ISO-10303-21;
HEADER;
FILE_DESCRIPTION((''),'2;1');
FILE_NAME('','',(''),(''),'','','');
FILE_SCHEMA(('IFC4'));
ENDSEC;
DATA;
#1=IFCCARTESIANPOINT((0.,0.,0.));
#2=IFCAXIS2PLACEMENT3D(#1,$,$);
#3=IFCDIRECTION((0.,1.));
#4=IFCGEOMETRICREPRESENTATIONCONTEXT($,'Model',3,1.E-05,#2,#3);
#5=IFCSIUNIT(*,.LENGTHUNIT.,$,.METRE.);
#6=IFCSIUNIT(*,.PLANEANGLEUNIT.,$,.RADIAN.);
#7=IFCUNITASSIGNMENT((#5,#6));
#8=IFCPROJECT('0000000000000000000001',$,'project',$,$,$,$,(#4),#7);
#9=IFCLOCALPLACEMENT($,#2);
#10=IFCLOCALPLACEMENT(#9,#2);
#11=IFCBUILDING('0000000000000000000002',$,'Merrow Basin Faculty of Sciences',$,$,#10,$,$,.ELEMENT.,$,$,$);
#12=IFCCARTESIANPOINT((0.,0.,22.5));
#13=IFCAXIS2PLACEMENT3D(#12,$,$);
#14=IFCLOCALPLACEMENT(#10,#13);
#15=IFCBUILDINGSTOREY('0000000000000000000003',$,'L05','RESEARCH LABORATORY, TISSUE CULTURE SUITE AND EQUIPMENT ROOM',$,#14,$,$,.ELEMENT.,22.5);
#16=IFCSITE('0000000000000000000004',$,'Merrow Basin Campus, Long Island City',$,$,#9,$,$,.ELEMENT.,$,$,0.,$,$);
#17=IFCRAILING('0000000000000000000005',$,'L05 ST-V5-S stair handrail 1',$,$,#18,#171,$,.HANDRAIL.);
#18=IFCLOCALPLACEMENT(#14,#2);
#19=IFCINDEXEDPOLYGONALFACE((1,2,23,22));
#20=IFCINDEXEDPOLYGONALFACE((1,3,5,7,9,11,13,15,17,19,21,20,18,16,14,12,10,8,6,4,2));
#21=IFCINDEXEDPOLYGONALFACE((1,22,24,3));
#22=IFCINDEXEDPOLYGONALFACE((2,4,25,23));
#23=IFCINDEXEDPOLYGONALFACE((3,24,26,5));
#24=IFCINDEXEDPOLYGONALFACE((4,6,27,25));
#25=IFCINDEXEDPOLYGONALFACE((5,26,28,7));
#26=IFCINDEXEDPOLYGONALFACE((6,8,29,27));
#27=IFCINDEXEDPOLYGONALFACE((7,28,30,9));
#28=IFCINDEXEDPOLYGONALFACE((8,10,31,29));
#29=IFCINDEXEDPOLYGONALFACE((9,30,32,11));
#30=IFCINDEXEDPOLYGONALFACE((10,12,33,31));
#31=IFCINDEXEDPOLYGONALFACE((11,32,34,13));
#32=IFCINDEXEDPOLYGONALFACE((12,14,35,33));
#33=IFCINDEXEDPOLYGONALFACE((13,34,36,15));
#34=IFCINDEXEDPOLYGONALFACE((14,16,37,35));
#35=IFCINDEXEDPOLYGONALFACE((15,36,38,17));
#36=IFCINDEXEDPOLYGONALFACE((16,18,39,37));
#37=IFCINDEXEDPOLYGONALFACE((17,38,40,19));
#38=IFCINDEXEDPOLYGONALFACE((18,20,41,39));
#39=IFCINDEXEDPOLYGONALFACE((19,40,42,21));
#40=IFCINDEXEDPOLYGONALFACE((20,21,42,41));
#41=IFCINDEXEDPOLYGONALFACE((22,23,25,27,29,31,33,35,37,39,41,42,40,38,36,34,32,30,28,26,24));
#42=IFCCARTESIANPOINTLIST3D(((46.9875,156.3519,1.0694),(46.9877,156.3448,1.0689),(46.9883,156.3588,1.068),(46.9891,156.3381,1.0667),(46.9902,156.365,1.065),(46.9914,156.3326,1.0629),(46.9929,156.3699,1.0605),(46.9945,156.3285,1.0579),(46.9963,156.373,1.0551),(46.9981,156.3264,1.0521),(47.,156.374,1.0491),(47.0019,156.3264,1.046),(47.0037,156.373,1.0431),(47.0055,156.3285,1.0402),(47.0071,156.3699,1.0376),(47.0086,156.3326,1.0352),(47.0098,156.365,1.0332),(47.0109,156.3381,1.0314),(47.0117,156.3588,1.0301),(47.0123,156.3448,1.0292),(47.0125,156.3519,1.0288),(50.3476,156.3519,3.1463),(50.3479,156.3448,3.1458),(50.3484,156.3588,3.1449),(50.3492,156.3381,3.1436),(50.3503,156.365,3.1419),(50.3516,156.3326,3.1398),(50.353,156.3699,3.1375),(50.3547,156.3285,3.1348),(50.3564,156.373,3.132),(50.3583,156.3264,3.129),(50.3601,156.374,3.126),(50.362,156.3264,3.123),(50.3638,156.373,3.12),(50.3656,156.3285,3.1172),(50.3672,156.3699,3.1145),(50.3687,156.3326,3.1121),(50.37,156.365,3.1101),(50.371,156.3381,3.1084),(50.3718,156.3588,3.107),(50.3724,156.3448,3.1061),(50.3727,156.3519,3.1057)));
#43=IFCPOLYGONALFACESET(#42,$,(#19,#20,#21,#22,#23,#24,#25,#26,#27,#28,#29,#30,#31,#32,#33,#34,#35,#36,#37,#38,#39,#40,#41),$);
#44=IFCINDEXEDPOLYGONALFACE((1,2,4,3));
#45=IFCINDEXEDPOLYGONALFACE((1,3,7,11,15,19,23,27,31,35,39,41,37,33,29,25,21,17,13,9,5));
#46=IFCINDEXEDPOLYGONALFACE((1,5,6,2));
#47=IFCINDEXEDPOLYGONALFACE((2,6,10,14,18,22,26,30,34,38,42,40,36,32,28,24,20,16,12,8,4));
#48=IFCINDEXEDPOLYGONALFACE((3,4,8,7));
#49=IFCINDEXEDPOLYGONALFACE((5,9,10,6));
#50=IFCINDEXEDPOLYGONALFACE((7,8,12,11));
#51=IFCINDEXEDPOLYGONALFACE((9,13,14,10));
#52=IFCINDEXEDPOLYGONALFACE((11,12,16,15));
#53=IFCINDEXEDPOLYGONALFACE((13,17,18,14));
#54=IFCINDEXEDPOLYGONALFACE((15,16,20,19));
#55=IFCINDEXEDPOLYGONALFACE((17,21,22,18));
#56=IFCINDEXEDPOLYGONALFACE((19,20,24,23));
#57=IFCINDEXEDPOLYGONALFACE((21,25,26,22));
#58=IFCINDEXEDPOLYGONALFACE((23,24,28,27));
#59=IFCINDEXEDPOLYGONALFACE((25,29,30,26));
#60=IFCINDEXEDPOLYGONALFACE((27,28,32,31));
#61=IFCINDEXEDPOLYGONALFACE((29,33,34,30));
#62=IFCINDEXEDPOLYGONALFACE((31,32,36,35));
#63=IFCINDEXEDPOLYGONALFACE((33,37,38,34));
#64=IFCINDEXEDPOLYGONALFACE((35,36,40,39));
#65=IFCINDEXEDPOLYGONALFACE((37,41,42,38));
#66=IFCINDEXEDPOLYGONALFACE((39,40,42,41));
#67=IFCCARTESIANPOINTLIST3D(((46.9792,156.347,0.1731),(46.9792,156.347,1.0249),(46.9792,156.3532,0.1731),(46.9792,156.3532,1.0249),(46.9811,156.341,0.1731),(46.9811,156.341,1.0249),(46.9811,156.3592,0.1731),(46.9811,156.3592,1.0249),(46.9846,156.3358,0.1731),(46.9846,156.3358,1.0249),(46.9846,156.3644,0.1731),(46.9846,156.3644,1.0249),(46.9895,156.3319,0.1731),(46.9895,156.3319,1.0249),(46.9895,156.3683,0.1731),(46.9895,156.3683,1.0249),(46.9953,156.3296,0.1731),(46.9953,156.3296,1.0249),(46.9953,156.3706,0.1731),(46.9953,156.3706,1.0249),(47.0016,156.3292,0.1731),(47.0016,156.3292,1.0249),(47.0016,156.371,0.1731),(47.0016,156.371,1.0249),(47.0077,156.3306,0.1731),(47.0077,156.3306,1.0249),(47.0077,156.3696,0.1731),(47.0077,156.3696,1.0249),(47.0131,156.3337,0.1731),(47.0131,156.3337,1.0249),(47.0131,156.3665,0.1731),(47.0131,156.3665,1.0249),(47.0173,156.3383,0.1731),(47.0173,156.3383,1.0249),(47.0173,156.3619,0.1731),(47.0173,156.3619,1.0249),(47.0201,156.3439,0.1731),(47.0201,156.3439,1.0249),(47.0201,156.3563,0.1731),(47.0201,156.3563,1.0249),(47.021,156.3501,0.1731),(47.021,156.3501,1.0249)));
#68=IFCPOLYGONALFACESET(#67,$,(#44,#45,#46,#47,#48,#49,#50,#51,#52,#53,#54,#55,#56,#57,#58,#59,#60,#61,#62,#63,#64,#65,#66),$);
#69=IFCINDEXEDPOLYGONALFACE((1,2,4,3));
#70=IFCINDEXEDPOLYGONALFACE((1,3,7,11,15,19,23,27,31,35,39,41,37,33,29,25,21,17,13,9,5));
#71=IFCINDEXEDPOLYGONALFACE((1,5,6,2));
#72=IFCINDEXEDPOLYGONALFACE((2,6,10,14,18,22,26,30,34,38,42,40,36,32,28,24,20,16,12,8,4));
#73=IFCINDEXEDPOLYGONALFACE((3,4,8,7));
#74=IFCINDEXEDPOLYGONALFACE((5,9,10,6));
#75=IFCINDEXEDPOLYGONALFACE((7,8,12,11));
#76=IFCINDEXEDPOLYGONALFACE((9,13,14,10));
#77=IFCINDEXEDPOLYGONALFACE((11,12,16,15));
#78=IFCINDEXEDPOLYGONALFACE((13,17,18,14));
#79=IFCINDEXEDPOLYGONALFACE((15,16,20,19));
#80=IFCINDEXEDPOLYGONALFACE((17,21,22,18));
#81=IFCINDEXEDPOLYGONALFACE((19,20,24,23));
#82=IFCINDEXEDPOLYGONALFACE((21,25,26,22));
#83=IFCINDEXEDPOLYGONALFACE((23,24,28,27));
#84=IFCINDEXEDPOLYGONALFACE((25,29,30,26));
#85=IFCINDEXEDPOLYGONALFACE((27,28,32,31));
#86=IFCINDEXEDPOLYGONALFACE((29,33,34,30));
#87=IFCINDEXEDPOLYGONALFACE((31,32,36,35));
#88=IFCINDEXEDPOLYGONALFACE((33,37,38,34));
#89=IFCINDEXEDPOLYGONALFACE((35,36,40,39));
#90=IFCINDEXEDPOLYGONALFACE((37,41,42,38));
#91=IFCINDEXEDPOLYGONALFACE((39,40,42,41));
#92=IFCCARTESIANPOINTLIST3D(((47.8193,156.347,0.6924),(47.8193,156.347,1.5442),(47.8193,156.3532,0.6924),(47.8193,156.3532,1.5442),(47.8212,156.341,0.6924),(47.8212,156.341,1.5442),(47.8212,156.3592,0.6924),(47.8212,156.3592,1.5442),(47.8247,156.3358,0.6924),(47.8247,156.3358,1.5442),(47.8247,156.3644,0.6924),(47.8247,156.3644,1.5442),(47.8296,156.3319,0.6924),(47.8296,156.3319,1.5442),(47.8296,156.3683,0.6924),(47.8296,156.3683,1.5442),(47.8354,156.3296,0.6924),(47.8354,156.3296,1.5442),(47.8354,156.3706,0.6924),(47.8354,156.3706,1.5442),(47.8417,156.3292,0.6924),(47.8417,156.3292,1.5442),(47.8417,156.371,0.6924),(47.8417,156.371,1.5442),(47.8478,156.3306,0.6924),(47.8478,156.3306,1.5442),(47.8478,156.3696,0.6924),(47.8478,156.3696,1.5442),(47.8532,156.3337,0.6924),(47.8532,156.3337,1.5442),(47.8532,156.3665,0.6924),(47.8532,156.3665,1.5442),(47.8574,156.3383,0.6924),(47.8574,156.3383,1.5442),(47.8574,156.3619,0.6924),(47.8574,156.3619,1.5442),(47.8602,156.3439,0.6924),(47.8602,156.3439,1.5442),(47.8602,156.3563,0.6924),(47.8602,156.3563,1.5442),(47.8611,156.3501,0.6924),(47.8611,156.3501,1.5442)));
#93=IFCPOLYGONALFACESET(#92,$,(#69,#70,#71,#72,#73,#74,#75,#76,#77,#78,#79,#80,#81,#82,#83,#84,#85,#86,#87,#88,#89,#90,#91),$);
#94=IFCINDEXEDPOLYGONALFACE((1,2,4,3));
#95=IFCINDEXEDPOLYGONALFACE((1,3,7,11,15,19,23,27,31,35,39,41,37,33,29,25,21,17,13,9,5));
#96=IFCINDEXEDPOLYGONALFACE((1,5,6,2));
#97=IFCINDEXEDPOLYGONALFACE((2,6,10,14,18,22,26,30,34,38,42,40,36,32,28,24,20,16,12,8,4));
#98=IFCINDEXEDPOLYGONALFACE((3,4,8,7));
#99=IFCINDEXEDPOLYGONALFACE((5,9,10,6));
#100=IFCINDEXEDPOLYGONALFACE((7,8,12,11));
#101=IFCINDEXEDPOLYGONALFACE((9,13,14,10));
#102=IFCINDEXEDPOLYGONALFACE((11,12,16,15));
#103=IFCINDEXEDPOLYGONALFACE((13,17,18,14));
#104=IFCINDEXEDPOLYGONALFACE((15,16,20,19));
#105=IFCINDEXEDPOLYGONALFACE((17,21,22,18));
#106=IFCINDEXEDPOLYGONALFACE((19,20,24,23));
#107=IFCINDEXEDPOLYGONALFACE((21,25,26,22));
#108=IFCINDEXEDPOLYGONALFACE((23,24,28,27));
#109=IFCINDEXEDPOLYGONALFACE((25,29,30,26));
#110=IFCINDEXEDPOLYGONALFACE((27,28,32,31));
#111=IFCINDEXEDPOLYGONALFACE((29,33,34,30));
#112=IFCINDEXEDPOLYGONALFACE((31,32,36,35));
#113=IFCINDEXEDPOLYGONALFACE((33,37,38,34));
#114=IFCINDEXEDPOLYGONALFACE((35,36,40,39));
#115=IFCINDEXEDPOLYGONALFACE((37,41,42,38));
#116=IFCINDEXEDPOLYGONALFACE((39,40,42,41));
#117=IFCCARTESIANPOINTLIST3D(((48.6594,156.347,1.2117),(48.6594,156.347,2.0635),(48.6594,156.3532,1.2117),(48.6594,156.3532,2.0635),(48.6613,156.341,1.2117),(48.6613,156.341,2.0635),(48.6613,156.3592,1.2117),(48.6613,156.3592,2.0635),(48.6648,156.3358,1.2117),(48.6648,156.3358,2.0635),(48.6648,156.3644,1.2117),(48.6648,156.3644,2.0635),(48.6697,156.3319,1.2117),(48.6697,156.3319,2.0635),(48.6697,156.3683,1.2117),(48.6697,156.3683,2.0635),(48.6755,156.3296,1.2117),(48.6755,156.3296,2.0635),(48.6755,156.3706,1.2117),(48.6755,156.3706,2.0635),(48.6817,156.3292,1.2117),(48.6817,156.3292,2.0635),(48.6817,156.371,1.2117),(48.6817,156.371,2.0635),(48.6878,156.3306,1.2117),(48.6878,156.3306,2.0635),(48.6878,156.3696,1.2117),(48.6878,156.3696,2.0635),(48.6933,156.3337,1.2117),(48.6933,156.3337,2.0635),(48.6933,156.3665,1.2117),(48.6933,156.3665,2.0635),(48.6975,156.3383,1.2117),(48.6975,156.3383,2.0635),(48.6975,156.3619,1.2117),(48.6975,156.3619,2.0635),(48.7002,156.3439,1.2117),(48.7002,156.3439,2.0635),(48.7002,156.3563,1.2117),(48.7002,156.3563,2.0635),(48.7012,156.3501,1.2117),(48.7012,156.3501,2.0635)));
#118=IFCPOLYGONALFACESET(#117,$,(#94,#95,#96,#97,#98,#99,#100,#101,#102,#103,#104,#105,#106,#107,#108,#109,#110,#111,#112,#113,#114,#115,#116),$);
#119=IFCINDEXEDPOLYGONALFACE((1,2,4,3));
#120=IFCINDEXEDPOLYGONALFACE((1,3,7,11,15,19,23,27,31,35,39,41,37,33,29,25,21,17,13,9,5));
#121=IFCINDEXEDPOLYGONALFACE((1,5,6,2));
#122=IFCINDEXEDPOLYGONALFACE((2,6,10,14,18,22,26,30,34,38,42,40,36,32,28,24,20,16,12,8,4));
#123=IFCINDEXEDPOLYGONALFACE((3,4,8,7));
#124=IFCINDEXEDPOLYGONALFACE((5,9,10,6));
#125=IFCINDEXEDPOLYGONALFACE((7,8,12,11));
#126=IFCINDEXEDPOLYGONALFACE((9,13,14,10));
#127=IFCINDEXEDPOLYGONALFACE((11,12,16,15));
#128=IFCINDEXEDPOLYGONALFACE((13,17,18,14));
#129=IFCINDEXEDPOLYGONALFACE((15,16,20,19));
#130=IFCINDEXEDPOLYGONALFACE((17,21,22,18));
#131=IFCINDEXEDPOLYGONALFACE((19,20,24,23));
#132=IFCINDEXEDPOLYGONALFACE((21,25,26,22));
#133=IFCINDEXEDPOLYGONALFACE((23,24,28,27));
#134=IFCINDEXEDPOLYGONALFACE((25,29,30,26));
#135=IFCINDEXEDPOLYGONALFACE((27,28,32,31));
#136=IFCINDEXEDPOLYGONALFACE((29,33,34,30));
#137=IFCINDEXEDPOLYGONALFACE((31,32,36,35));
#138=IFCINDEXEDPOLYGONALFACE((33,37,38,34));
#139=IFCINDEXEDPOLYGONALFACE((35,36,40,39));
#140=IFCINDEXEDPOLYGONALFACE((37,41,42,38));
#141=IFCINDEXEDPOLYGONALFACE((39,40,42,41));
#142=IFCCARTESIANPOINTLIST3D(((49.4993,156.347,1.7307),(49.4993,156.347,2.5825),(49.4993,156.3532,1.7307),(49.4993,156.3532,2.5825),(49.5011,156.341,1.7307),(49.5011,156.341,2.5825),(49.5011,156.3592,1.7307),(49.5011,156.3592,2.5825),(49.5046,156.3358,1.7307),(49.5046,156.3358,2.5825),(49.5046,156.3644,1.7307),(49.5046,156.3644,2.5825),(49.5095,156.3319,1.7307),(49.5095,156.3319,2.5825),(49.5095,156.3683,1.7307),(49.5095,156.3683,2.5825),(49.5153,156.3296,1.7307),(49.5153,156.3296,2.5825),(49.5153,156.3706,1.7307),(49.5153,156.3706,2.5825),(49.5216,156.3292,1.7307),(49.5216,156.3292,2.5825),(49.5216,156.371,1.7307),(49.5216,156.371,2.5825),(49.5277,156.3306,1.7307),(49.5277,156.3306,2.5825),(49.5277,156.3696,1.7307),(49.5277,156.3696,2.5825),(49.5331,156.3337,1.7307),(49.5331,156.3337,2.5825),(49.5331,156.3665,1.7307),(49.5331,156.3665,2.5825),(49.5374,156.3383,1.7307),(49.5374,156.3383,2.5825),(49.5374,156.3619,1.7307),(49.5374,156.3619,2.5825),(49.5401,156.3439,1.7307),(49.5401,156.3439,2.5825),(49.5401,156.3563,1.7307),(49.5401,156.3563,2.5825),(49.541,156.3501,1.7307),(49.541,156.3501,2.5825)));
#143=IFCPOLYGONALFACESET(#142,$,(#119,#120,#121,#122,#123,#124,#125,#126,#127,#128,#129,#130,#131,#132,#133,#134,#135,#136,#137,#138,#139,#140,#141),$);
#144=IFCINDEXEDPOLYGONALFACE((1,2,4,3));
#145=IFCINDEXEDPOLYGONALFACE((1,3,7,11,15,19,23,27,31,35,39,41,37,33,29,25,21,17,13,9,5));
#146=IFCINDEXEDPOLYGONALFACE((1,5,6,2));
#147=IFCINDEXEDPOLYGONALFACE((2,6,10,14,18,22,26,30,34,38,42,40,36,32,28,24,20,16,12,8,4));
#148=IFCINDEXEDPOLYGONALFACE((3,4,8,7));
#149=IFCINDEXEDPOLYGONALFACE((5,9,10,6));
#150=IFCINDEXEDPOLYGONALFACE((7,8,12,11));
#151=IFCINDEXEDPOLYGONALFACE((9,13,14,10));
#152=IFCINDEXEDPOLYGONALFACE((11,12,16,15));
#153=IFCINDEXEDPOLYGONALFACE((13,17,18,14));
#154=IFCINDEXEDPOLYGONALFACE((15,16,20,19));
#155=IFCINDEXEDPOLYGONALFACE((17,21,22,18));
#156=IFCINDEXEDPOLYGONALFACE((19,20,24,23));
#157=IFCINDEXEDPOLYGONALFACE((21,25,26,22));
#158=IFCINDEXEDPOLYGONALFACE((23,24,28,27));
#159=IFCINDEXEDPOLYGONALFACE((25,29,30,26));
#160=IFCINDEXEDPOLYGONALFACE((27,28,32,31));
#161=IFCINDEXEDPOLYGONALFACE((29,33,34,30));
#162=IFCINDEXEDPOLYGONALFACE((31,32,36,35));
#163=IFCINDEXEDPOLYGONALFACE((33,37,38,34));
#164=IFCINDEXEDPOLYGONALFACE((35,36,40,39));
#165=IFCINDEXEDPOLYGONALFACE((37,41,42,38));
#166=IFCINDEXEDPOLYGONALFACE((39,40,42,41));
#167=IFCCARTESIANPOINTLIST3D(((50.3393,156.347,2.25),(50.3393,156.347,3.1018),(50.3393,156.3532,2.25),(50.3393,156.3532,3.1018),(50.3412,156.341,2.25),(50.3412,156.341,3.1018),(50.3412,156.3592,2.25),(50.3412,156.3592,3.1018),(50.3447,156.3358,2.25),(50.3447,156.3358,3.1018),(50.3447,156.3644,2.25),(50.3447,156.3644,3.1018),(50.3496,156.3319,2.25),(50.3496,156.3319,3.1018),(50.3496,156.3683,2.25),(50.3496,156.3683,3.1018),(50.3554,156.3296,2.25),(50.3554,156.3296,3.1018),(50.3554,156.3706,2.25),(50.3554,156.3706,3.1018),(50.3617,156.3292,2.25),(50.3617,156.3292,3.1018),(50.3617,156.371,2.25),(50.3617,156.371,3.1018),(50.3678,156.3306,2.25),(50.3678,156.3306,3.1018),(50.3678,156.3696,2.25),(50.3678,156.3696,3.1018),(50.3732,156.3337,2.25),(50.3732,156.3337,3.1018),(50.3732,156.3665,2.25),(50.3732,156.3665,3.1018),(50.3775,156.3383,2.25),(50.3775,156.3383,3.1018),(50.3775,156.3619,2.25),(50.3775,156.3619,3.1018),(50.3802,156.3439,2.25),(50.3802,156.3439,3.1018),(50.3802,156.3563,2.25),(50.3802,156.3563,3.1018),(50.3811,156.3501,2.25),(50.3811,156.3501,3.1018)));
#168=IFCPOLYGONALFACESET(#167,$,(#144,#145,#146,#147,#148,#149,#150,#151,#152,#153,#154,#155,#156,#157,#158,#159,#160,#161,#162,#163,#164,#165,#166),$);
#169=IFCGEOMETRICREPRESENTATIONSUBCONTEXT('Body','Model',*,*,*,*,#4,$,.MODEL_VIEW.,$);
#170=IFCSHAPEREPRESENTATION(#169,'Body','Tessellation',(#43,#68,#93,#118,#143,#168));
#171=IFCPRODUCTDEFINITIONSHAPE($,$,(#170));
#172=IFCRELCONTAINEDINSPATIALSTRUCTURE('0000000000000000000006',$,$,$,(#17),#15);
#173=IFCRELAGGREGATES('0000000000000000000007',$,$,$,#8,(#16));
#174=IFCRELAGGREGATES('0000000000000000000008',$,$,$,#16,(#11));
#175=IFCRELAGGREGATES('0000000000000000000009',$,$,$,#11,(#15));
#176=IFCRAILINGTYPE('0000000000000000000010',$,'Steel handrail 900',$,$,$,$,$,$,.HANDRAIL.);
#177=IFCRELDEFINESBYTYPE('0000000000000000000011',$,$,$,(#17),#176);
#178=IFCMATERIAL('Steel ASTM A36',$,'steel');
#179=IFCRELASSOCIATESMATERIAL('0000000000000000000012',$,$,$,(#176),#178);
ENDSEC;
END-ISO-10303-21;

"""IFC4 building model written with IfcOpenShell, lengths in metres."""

from ifc_helpers import new_model, si_unit, direction, frame, origin, origin_2d, place, context, subcontext, project, spatial, circle, extrude, material, type_object, element, save


model = new_model("IFC4")

# Units and contexts
model_context = context("Model", 3, precision=1e-05, world=origin(), true_north=direction((0.0, 1.0)))
body_context = subcontext(model_context, "Body", "Model", "MODEL_VIEW")
ifc_project = project(units=[si_unit("LENGTHUNIT", "METRE"), si_unit("PLANEANGLEUNIT", "RADIAN")], contexts=[model_context])

# Site, building, storey
site_placement = place(None, origin())
site = spatial("IfcSite", under=ifc_project, at=site_placement, Name="Merrow Basin Campus, Long Island City", CompositionType="ELEMENT", RefElevation=0.0)
building_placement = place(site_placement, origin())
building = spatial("IfcBuilding", under=site, at=building_placement, Name="Merrow Basin Faculty of Sciences", CompositionType="ELEMENT")
storey_placement = place(building_placement, frame((0.0, 0.0, 22.5)))
storey = spatial("IfcBuildingStorey", under=building, at=storey_placement, Name="L05", Description="RESEARCH LABORATORY, TISSUE CULTURE SUITE AND EQUIPMENT ROOM", CompositionType="ELEMENT", Elevation=22.5)

# Railing
ifc_material_1 = material(Name="Steel ASTM A36", Category="steel")
railing_type_1 = type_object("IfcRailingType", Name="Steel handrail 900", PredefinedType="HANDRAIL", material=ifc_material_1)
railing_1_placement = place(storey_placement, frame((47.0, 156.3501, 0.1731)))
element("IfcRailing", 1, at=railing_1_placement, inside=storey, type_object=railing_type_1, Name="L05 ST-V5-S stair handrail 1", PredefinedType="HANDRAIL", context=body_context, shape_type="SweptSolid", body=[
    extrude(circle(Radius=0.0239, at=origin_2d()), frame((0.0, 0.0, 0.876), z_axis=(0.850623, 0.0, 0.525776), x_axis=(0.0, 1.0, 0.0)), (0.0, 0.0, 1.0), 3.9502),
    extrude(circle(Radius=0.021, at=origin_2d()), origin(), (0.0, 0.0, 1.0), 0.8518),
    extrude(circle(Radius=0.021, at=origin_2d()), frame((0.8401, 0.0, 0.5193)), (0.0, 0.0, 1.0), 0.8518),
    extrude(circle(Radius=0.021, at=origin_2d()), frame((1.6802, 0.0, 1.0386)), (0.0, 0.0, 1.0), 0.8518),
    extrude(circle(Radius=0.021, at=origin_2d()), frame((2.52, 0.0, 1.5576)), (0.0, 0.0, 1.0), 0.8518),
    extrude(circle(Radius=0.021, at=origin_2d()), frame((3.3601, 0.0, 2.0769)), (0.0, 0.0, 1.0), 0.8518),
])

save(model, "model.ifc")
